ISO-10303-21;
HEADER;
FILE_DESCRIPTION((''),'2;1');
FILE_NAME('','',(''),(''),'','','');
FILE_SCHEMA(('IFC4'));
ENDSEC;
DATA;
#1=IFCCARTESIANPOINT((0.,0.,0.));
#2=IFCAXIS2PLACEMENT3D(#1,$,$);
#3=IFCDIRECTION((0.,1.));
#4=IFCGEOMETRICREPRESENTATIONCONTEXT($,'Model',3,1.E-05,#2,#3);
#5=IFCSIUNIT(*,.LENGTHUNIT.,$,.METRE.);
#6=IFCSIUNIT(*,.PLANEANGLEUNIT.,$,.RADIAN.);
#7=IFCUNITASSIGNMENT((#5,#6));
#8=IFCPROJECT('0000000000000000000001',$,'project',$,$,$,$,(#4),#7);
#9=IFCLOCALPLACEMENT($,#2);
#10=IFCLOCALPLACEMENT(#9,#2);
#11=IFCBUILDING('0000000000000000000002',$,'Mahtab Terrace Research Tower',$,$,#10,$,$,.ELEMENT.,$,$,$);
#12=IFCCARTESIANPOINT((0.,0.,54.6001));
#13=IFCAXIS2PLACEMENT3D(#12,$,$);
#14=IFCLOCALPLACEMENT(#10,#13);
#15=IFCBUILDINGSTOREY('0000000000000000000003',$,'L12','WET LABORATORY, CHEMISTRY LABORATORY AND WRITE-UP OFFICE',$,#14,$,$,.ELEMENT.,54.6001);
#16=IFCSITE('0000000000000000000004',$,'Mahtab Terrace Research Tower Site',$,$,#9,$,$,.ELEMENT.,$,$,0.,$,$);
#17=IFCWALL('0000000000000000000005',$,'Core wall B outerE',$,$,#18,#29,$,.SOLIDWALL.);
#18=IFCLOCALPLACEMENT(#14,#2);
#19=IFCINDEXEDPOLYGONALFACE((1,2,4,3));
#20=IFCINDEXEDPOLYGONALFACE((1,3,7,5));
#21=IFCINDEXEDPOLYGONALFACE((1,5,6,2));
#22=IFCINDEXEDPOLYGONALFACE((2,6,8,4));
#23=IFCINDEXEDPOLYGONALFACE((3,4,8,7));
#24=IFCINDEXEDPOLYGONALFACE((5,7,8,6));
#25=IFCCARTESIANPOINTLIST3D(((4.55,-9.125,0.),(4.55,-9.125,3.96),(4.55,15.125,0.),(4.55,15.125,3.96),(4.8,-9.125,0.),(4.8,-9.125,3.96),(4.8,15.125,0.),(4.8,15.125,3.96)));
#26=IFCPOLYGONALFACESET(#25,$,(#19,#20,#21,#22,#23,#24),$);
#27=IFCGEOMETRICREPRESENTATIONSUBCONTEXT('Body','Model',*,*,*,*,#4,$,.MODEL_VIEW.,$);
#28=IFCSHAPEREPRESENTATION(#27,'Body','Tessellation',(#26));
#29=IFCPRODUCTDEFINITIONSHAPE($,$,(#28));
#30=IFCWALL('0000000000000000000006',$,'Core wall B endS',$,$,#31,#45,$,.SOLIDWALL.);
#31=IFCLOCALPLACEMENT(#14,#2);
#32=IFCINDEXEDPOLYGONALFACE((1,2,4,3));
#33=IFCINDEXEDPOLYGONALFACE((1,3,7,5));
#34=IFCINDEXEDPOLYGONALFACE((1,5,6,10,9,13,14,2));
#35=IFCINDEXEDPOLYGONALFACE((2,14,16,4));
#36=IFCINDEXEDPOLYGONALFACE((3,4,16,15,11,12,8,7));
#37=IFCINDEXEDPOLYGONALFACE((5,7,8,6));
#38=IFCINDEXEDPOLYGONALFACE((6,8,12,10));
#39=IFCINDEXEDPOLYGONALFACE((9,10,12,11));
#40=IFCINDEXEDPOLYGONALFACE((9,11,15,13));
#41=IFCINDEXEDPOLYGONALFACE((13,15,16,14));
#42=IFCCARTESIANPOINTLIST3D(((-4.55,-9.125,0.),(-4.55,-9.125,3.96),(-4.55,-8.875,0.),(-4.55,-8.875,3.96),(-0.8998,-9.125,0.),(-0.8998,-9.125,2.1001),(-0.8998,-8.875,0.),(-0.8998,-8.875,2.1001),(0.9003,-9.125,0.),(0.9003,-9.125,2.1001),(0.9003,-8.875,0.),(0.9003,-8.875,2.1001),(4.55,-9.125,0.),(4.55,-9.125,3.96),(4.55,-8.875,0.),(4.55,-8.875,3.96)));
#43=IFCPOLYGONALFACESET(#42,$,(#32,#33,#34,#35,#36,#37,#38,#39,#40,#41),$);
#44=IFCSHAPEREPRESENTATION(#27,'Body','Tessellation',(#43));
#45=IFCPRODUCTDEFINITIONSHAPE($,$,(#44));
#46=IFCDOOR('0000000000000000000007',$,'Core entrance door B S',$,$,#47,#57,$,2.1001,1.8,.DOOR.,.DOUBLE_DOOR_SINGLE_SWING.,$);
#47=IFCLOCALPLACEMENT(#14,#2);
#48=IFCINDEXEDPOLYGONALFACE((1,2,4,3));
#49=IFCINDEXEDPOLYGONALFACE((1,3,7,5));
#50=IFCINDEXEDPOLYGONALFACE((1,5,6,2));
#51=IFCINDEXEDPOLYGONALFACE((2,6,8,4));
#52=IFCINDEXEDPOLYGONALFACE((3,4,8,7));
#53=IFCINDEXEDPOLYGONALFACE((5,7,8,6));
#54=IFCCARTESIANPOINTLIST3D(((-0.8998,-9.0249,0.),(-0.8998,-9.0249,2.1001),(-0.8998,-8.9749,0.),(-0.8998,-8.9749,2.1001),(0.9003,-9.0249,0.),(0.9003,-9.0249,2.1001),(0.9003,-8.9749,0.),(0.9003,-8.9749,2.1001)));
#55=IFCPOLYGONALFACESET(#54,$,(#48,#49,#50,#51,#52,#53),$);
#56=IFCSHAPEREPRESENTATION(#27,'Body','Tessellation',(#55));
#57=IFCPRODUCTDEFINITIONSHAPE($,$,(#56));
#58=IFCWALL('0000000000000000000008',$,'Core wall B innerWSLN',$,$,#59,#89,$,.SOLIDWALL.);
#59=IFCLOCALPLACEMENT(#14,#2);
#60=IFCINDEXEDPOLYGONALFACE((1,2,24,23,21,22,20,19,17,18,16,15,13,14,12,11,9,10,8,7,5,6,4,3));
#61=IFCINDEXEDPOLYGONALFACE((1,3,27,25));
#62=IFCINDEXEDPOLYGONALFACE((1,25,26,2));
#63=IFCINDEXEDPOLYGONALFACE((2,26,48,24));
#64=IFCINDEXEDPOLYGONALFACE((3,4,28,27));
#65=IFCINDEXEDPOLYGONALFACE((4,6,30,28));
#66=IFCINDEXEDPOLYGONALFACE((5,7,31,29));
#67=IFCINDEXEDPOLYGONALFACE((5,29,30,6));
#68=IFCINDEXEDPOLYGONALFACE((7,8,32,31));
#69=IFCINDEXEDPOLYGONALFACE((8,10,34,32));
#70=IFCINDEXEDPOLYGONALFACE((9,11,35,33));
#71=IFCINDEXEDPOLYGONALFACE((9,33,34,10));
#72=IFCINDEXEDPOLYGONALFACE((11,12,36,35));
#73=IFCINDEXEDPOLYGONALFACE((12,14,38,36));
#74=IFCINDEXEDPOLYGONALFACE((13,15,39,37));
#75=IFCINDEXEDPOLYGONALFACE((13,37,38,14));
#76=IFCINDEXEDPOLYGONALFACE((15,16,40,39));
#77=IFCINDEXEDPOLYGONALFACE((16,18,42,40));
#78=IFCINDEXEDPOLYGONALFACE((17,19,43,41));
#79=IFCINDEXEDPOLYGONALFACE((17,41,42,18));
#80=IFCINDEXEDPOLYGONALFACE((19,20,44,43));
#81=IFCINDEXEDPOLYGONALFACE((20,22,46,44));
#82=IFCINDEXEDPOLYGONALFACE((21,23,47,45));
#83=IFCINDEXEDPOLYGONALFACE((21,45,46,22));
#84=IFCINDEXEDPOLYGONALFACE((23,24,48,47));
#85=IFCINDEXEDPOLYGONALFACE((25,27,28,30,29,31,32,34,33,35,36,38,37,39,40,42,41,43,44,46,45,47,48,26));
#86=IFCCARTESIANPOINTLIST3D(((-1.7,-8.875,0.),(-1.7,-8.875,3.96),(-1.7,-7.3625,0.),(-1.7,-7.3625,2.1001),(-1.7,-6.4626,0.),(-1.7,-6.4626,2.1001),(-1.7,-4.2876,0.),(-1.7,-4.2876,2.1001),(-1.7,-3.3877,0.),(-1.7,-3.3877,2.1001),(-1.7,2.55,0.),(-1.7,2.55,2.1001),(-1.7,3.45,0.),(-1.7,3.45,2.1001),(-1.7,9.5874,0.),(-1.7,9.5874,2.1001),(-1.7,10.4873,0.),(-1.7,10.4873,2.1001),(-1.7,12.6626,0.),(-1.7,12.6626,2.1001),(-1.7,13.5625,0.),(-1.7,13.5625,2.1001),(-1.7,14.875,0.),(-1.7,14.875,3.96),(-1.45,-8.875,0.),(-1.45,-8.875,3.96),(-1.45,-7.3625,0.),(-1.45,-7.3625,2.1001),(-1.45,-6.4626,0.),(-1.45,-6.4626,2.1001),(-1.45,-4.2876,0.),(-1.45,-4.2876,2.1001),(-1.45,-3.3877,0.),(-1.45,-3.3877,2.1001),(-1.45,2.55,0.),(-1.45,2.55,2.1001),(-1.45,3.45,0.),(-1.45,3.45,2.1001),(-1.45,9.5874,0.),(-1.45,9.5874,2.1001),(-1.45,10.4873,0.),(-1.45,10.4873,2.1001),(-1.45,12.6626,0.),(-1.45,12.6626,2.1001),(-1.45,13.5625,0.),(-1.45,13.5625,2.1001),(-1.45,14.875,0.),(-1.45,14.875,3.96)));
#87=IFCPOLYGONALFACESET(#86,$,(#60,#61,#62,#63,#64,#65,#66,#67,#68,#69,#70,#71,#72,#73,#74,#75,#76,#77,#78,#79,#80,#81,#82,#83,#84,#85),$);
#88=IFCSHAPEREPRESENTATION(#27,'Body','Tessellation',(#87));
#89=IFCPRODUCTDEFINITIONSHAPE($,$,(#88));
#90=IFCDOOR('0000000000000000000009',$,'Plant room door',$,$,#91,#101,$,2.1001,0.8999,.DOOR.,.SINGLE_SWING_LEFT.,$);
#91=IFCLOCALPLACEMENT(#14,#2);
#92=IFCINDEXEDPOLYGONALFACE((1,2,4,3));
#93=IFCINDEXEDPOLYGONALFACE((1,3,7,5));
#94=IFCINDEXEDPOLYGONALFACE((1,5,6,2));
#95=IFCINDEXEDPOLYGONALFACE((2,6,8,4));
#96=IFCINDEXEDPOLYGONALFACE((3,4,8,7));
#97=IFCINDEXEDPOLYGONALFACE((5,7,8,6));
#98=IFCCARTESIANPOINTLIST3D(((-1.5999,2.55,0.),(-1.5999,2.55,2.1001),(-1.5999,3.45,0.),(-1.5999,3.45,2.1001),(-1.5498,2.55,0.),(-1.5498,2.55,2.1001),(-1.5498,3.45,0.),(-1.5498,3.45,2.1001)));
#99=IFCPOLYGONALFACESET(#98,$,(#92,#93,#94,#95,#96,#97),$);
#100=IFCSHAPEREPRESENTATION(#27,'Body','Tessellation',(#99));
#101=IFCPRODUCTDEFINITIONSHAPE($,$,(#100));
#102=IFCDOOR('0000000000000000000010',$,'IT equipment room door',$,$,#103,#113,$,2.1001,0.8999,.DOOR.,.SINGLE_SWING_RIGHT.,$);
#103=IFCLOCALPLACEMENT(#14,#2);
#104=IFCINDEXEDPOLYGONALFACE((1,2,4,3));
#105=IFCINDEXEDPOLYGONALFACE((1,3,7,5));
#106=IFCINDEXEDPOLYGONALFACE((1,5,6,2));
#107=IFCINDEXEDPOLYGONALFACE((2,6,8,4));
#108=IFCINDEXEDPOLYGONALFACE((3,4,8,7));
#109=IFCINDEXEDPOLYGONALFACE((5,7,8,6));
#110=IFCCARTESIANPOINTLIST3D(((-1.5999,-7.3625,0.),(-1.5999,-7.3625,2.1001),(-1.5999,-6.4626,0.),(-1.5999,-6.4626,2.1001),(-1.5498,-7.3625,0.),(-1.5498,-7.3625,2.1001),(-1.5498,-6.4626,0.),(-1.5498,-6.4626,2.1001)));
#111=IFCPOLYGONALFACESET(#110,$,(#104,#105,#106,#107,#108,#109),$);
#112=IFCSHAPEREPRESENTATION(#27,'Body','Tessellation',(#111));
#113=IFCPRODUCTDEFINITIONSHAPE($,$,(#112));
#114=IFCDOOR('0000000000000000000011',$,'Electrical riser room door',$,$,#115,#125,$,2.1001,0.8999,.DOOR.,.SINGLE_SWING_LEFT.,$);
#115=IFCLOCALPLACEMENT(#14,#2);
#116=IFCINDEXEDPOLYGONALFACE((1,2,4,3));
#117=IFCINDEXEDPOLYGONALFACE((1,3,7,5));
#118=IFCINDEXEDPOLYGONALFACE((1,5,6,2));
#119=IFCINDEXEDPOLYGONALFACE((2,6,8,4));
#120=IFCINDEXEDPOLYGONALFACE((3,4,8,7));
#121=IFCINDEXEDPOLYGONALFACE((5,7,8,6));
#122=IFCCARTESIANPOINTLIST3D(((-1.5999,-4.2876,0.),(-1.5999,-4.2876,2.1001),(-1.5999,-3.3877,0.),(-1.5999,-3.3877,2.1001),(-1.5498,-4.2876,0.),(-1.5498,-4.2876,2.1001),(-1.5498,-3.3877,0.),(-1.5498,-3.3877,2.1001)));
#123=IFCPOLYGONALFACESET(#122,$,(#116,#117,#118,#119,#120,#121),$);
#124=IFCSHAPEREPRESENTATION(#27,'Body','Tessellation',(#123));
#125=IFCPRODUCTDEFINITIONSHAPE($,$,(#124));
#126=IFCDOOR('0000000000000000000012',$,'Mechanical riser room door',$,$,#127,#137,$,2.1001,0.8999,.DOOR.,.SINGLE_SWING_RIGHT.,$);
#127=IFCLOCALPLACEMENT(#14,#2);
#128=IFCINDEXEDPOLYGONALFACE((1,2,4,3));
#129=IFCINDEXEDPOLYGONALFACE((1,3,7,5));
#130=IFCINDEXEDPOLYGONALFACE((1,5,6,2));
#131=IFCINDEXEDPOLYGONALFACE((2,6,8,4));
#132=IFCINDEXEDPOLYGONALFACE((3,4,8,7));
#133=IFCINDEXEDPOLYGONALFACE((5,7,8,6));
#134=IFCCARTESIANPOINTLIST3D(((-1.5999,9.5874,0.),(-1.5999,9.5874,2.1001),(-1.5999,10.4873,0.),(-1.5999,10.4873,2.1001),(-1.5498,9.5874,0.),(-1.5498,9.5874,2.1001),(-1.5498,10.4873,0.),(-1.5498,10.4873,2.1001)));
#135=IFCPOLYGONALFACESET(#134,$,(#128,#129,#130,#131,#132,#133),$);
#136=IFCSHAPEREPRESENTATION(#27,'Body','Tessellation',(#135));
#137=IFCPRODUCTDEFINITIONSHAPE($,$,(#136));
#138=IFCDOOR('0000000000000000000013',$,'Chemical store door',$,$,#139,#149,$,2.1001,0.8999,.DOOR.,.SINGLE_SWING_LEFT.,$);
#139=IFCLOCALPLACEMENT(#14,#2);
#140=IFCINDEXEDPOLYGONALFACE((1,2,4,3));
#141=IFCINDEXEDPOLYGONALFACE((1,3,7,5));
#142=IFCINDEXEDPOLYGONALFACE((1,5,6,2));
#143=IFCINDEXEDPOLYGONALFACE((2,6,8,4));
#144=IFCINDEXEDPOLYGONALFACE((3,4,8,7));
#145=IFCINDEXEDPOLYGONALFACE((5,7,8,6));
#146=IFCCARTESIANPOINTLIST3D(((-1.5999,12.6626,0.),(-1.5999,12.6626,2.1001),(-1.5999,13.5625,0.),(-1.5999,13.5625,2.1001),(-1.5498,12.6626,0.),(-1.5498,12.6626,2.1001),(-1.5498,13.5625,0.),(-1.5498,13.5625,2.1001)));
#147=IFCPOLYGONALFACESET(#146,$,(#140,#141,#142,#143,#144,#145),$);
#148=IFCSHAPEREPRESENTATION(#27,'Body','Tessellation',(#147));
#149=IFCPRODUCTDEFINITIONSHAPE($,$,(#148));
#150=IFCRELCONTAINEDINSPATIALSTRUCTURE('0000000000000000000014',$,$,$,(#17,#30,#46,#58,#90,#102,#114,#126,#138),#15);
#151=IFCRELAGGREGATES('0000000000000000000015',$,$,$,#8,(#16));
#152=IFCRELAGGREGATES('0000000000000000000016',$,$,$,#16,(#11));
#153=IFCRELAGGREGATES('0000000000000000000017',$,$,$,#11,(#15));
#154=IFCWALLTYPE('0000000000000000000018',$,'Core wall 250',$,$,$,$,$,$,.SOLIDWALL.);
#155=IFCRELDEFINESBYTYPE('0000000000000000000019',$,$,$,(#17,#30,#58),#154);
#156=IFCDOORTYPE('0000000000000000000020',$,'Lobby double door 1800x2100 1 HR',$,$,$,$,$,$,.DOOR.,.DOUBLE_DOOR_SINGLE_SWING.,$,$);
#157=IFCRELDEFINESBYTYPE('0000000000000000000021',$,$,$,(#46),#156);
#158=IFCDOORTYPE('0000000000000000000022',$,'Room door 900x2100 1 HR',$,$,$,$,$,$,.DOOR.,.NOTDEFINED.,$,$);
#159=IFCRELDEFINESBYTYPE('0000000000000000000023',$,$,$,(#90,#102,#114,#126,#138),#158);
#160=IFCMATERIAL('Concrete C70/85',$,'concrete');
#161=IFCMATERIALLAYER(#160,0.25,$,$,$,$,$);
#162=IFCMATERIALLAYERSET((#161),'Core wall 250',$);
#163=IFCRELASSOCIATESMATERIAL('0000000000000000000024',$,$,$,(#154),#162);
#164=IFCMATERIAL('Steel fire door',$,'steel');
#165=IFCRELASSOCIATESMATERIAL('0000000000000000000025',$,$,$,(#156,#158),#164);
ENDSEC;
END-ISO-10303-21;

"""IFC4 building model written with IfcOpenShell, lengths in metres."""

from ifc_helpers import new_model, si_unit, direction, frame, frame_2d, origin, place, context, subcontext, project, spatial, rectangle, extrude, material, layer, layer_set, type_object, element, fill, save


model = new_model("IFC4")

# Units and contexts
model_context = context("Model", 3, precision=1e-05, world=origin(), true_north=direction((0.0, 1.0)))
body_context = subcontext(model_context, "Body", "Model", "MODEL_VIEW")
ifc_project = project(units=[si_unit("LENGTHUNIT", "METRE"), si_unit("PLANEANGLEUNIT", "RADIAN")], contexts=[model_context])

# Site, building, storey
site_placement = place(None, origin())
site = spatial("IfcSite", under=ifc_project, at=site_placement, Name="Mahtab Terrace Research Tower Site", CompositionType="ELEMENT", RefElevation=0.0)
building_placement = place(site_placement, origin())
building = spatial("IfcBuilding", under=site, at=building_placement, Name="Mahtab Terrace Research Tower", CompositionType="ELEMENT")
storey_placement = place(building_placement, frame((0.0, 0.0, 54.6001)))
storey = spatial("IfcBuildingStorey", under=building, at=storey_placement, Name="L12", Description="WET LABORATORY, CHEMISTRY LABORATORY AND WRITE-UP OFFICE", CompositionType="ELEMENT", Elevation=54.6001)

# Wall
ifc_material_1 = material(Name="Concrete C70/85", Category="concrete")
ifc_layer = layer(ifc_material_1, 0.25)
ifc_layer_set = layer_set([ifc_layer], Name="Core wall 250")
wall_type = type_object("IfcWallType", Name="Core wall 250", PredefinedType="SOLIDWALL", material=ifc_layer_set)
wall_1_placement = place(storey_placement, frame((4.675, -9.125, 0.0), z_axis=(0.0, 0.0, 1.0), x_axis=(0.0, 1.0, 0.0)))
element("IfcWall", 1, at=wall_1_placement, inside=storey, type_object=wall_type, Name="Core wall B outerE", PredefinedType="SOLIDWALL", context=body_context, shape_type="SweptSolid", body=[
    extrude(rectangle(XDim=24.25, YDim=0.25, at=frame_2d((12.125, 0.0))), origin(), (0.0, 0.0, 1.0), 3.96),
])

# Wall, opening, door
wall_2_placement = place(storey_placement, frame((4.55, -9.0, 0.0), z_axis=(0.0, 0.0, 1.0), x_axis=(-1.0, 0.0, 0.0)))
wall_2 = element("IfcWall", 2, at=wall_2_placement, inside=storey, type_object=wall_type, Name="Core wall B endS", PredefinedType="SOLIDWALL", context=body_context, shape_type="SweptSolid", body=[
    extrude(rectangle(XDim=9.1001, YDim=0.25, at=frame_2d((4.55, 0.0))), origin(), (0.0, 0.0, 1.0), 3.96),
])
opening_1_placement = place(wall_2_placement, frame((3.6499, 0.0, 0.0)))
opening_1 = element("IfcOpeningElement", 3, at=opening_1_placement, cuts=wall_2, PredefinedType="OPENING", context=body_context, shape_type="SweptSolid", body=[
    extrude(rectangle(XDim=1.8, YDim=2.1001, at=frame_2d((0.8999, 1.05))), frame((0.0, 0.135, 0.0), z_axis=(0.0, -1.0, 0.0), x_axis=(1.0, 0.0, 0.0)), (0.0, 0.0, 1.0), 0.27),
])
ifc_material_2 = material(Name="Steel fire door", Category="steel")
door_type_1 = type_object("IfcDoorType", Name="Lobby double door 1800x2100 1 HR", OperationType="DOUBLE_DOOR_SINGLE_SWING", PredefinedType="DOOR", material=ifc_material_2)
door_1_placement = place(opening_1_placement, origin())
door_1 = element("IfcDoor", 4, at=door_1_placement, inside=storey, type_object=door_type_1, Name="Core entrance door B S", OperationType="DOUBLE_DOOR_SINGLE_SWING", OverallHeight=2.1001, OverallWidth=1.8, PredefinedType="DOOR", context=body_context, shape_type="SweptSolid", body=[
    extrude(rectangle(XDim=1.8, YDim=2.1001, at=frame_2d((0.8999, 1.05))), frame((0.0, 0.0249, 0.0), z_axis=(0.0, -1.0, 0.0), x_axis=(1.0, 0.0, 0.0)), (0.0, 0.0, 1.0), 0.05),
])
fill(opening_1, door_1)

# Wall, openings, doors
wall_3_placement = place(storey_placement, frame((-1.575, -8.875, 0.0), z_axis=(0.0, 0.0, 1.0), x_axis=(0.0, 1.0, 0.0)))
wall_3 = element("IfcWall", 5, at=wall_3_placement, inside=storey, type_object=wall_type, Name="Core wall B innerWSLN", PredefinedType="SOLIDWALL", context=body_context, shape_type="SweptSolid", body=[
    extrude(rectangle(XDim=23.75, YDim=0.25, at=frame_2d((11.875, 0.0))), origin(), (0.0, 0.0, 1.0), 3.96),
])
opening_2_placement = place(wall_3_placement, frame((11.425, 0.0, 0.0)))
opening_2 = element("IfcOpeningElement", 6, at=opening_2_placement, cuts=wall_3, PredefinedType="OPENING", context=body_context, shape_type="SweptSolid", body=[
    extrude(rectangle(XDim=0.8999, YDim=2.1001, at=frame_2d((0.45, 1.05))), frame((0.0, 0.135, 0.0), z_axis=(0.0, -1.0, 0.0), x_axis=(1.0, 0.0, 0.0)), (0.0, 0.0, 1.0), 0.27),
])
opening_3_placement = place(wall_3_placement, frame((1.5125, 0.0, 0.0)))
opening_3 = element("IfcOpeningElement", 7, at=opening_3_placement, cuts=wall_3, PredefinedType="OPENING", context=body_context, shape_type="SweptSolid", body=[
    extrude(rectangle(XDim=0.8999, YDim=2.1001, at=frame_2d((0.45, 1.05))), frame((0.0, 0.135, 0.0), z_axis=(0.0, -1.0, 0.0), x_axis=(1.0, 0.0, 0.0)), (0.0, 0.0, 1.0), 0.27),
])
opening_4_placement = place(wall_3_placement, frame((4.5874, 0.0, 0.0)))
opening_4 = element("IfcOpeningElement", 8, at=opening_4_placement, cuts=wall_3, PredefinedType="OPENING", context=body_context, shape_type="SweptSolid", body=[
    extrude(rectangle(XDim=0.8999, YDim=2.1001, at=frame_2d((0.45, 1.05))), frame((0.0, 0.135, 0.0), z_axis=(0.0, -1.0, 0.0), x_axis=(1.0, 0.0, 0.0)), (0.0, 0.0, 1.0), 0.27),
])
opening_5_placement = place(wall_3_placement, frame((18.4624, 0.0, 0.0)))
opening_5 = element("IfcOpeningElement", 9, at=opening_5_placement, cuts=wall_3, PredefinedType="OPENING", context=body_context, shape_type="SweptSolid", body=[
    extrude(rectangle(XDim=0.8999, YDim=2.1001, at=frame_2d((0.45, 1.05))), frame((0.0, 0.135, 0.0), z_axis=(0.0, -1.0, 0.0), x_axis=(1.0, 0.0, 0.0)), (0.0, 0.0, 1.0), 0.27),
])
opening_6_placement = place(wall_3_placement, frame((21.5376, 0.0, 0.0)))
opening_6 = element("IfcOpeningElement", 10, at=opening_6_placement, cuts=wall_3, PredefinedType="OPENING", context=body_context, shape_type="SweptSolid", body=[
    extrude(rectangle(XDim=0.8999, YDim=2.1001, at=frame_2d((0.45, 1.05))), frame((0.0, 0.135, 0.0), z_axis=(0.0, -1.0, 0.0), x_axis=(1.0, 0.0, 0.0)), (0.0, 0.0, 1.0), 0.27),
])
door_type_2 = type_object("IfcDoorType", Name="Room door 900x2100 1 HR", OperationType="NOTDEFINED", PredefinedType="DOOR", material=ifc_material_2)
door_2_placement = place(opening_2_placement, origin())
door_2 = element("IfcDoor", 11, at=door_2_placement, inside=storey, type_object=door_type_2, Name="Plant room door", OperationType="SINGLE_SWING_LEFT", OverallHeight=2.1001, OverallWidth=0.8999, PredefinedType="DOOR", context=body_context, shape_type="SweptSolid", body=[
    extrude(rectangle(XDim=0.8999, YDim=2.1001, at=frame_2d((0.45, 1.05))), frame((0.0, 0.0249, 0.0), z_axis=(0.0, -1.0, 0.0), x_axis=(1.0, 0.0, 0.0)), (0.0, 0.0, 1.0), 0.05),
])
fill(opening_2, door_2)
door_3_placement = place(opening_3_placement, origin())
door_3 = element("IfcDoor", 12, at=door_3_placement, inside=storey, type_object=door_type_2, Name="IT equipment room door", OperationType="SINGLE_SWING_RIGHT", OverallHeight=2.1001, OverallWidth=0.8999, PredefinedType="DOOR", context=body_context, shape_type="SweptSolid", body=[
    extrude(rectangle(XDim=0.8999, YDim=2.1001, at=frame_2d((0.45, 1.05))), frame((0.0, 0.0249, 0.0), z_axis=(0.0, -1.0, 0.0), x_axis=(1.0, 0.0, 0.0)), (0.0, 0.0, 1.0), 0.05),
])
fill(opening_3, door_3)
door_4_placement = place(opening_4_placement, origin())
door_4 = element("IfcDoor", 13, at=door_4_placement, inside=storey, type_object=door_type_2, Name="Electrical riser room door", OperationType="SINGLE_SWING_LEFT", OverallHeight=2.1001, OverallWidth=0.8999, PredefinedType="DOOR", context=body_context, shape_type="SweptSolid", body=[
    extrude(rectangle(XDim=0.8999, YDim=2.1001, at=frame_2d((0.45, 1.05))), frame((0.0, 0.0249, 0.0), z_axis=(0.0, -1.0, 0.0), x_axis=(1.0, 0.0, 0.0)), (0.0, 0.0, 1.0), 0.05),
])
fill(opening_4, door_4)
door_5_placement = place(opening_5_placement, origin())
door_5 = element("IfcDoor", 14, at=door_5_placement, inside=storey, type_object=door_type_2, Name="Mechanical riser room door", OperationType="SINGLE_SWING_RIGHT", OverallHeight=2.1001, OverallWidth=0.8999, PredefinedType="DOOR", context=body_context, shape_type="SweptSolid", body=[
    extrude(rectangle(XDim=0.8999, YDim=2.1001, at=frame_2d((0.45, 1.05))), frame((0.0, 0.0249, 0.0), z_axis=(0.0, -1.0, 0.0), x_axis=(1.0, 0.0, 0.0)), (0.0, 0.0, 1.0), 0.05),
])
fill(opening_5, door_5)
door_6_placement = place(opening_6_placement, origin())
door_6 = element("IfcDoor", 15, at=door_6_placement, inside=storey, type_object=door_type_2, Name="Chemical store door", OperationType="SINGLE_SWING_LEFT", OverallHeight=2.1001, OverallWidth=0.8999, PredefinedType="DOOR", context=body_context, shape_type="SweptSolid", body=[
    extrude(rectangle(XDim=0.8999, YDim=2.1001, at=frame_2d((0.45, 1.05))), frame((0.0, 0.0249, 0.0), z_axis=(0.0, -1.0, 0.0), x_axis=(1.0, 0.0, 0.0)), (0.0, 0.0, 1.0), 0.05),
])
fill(opening_6, door_6)

save(model, "model.ifc")
